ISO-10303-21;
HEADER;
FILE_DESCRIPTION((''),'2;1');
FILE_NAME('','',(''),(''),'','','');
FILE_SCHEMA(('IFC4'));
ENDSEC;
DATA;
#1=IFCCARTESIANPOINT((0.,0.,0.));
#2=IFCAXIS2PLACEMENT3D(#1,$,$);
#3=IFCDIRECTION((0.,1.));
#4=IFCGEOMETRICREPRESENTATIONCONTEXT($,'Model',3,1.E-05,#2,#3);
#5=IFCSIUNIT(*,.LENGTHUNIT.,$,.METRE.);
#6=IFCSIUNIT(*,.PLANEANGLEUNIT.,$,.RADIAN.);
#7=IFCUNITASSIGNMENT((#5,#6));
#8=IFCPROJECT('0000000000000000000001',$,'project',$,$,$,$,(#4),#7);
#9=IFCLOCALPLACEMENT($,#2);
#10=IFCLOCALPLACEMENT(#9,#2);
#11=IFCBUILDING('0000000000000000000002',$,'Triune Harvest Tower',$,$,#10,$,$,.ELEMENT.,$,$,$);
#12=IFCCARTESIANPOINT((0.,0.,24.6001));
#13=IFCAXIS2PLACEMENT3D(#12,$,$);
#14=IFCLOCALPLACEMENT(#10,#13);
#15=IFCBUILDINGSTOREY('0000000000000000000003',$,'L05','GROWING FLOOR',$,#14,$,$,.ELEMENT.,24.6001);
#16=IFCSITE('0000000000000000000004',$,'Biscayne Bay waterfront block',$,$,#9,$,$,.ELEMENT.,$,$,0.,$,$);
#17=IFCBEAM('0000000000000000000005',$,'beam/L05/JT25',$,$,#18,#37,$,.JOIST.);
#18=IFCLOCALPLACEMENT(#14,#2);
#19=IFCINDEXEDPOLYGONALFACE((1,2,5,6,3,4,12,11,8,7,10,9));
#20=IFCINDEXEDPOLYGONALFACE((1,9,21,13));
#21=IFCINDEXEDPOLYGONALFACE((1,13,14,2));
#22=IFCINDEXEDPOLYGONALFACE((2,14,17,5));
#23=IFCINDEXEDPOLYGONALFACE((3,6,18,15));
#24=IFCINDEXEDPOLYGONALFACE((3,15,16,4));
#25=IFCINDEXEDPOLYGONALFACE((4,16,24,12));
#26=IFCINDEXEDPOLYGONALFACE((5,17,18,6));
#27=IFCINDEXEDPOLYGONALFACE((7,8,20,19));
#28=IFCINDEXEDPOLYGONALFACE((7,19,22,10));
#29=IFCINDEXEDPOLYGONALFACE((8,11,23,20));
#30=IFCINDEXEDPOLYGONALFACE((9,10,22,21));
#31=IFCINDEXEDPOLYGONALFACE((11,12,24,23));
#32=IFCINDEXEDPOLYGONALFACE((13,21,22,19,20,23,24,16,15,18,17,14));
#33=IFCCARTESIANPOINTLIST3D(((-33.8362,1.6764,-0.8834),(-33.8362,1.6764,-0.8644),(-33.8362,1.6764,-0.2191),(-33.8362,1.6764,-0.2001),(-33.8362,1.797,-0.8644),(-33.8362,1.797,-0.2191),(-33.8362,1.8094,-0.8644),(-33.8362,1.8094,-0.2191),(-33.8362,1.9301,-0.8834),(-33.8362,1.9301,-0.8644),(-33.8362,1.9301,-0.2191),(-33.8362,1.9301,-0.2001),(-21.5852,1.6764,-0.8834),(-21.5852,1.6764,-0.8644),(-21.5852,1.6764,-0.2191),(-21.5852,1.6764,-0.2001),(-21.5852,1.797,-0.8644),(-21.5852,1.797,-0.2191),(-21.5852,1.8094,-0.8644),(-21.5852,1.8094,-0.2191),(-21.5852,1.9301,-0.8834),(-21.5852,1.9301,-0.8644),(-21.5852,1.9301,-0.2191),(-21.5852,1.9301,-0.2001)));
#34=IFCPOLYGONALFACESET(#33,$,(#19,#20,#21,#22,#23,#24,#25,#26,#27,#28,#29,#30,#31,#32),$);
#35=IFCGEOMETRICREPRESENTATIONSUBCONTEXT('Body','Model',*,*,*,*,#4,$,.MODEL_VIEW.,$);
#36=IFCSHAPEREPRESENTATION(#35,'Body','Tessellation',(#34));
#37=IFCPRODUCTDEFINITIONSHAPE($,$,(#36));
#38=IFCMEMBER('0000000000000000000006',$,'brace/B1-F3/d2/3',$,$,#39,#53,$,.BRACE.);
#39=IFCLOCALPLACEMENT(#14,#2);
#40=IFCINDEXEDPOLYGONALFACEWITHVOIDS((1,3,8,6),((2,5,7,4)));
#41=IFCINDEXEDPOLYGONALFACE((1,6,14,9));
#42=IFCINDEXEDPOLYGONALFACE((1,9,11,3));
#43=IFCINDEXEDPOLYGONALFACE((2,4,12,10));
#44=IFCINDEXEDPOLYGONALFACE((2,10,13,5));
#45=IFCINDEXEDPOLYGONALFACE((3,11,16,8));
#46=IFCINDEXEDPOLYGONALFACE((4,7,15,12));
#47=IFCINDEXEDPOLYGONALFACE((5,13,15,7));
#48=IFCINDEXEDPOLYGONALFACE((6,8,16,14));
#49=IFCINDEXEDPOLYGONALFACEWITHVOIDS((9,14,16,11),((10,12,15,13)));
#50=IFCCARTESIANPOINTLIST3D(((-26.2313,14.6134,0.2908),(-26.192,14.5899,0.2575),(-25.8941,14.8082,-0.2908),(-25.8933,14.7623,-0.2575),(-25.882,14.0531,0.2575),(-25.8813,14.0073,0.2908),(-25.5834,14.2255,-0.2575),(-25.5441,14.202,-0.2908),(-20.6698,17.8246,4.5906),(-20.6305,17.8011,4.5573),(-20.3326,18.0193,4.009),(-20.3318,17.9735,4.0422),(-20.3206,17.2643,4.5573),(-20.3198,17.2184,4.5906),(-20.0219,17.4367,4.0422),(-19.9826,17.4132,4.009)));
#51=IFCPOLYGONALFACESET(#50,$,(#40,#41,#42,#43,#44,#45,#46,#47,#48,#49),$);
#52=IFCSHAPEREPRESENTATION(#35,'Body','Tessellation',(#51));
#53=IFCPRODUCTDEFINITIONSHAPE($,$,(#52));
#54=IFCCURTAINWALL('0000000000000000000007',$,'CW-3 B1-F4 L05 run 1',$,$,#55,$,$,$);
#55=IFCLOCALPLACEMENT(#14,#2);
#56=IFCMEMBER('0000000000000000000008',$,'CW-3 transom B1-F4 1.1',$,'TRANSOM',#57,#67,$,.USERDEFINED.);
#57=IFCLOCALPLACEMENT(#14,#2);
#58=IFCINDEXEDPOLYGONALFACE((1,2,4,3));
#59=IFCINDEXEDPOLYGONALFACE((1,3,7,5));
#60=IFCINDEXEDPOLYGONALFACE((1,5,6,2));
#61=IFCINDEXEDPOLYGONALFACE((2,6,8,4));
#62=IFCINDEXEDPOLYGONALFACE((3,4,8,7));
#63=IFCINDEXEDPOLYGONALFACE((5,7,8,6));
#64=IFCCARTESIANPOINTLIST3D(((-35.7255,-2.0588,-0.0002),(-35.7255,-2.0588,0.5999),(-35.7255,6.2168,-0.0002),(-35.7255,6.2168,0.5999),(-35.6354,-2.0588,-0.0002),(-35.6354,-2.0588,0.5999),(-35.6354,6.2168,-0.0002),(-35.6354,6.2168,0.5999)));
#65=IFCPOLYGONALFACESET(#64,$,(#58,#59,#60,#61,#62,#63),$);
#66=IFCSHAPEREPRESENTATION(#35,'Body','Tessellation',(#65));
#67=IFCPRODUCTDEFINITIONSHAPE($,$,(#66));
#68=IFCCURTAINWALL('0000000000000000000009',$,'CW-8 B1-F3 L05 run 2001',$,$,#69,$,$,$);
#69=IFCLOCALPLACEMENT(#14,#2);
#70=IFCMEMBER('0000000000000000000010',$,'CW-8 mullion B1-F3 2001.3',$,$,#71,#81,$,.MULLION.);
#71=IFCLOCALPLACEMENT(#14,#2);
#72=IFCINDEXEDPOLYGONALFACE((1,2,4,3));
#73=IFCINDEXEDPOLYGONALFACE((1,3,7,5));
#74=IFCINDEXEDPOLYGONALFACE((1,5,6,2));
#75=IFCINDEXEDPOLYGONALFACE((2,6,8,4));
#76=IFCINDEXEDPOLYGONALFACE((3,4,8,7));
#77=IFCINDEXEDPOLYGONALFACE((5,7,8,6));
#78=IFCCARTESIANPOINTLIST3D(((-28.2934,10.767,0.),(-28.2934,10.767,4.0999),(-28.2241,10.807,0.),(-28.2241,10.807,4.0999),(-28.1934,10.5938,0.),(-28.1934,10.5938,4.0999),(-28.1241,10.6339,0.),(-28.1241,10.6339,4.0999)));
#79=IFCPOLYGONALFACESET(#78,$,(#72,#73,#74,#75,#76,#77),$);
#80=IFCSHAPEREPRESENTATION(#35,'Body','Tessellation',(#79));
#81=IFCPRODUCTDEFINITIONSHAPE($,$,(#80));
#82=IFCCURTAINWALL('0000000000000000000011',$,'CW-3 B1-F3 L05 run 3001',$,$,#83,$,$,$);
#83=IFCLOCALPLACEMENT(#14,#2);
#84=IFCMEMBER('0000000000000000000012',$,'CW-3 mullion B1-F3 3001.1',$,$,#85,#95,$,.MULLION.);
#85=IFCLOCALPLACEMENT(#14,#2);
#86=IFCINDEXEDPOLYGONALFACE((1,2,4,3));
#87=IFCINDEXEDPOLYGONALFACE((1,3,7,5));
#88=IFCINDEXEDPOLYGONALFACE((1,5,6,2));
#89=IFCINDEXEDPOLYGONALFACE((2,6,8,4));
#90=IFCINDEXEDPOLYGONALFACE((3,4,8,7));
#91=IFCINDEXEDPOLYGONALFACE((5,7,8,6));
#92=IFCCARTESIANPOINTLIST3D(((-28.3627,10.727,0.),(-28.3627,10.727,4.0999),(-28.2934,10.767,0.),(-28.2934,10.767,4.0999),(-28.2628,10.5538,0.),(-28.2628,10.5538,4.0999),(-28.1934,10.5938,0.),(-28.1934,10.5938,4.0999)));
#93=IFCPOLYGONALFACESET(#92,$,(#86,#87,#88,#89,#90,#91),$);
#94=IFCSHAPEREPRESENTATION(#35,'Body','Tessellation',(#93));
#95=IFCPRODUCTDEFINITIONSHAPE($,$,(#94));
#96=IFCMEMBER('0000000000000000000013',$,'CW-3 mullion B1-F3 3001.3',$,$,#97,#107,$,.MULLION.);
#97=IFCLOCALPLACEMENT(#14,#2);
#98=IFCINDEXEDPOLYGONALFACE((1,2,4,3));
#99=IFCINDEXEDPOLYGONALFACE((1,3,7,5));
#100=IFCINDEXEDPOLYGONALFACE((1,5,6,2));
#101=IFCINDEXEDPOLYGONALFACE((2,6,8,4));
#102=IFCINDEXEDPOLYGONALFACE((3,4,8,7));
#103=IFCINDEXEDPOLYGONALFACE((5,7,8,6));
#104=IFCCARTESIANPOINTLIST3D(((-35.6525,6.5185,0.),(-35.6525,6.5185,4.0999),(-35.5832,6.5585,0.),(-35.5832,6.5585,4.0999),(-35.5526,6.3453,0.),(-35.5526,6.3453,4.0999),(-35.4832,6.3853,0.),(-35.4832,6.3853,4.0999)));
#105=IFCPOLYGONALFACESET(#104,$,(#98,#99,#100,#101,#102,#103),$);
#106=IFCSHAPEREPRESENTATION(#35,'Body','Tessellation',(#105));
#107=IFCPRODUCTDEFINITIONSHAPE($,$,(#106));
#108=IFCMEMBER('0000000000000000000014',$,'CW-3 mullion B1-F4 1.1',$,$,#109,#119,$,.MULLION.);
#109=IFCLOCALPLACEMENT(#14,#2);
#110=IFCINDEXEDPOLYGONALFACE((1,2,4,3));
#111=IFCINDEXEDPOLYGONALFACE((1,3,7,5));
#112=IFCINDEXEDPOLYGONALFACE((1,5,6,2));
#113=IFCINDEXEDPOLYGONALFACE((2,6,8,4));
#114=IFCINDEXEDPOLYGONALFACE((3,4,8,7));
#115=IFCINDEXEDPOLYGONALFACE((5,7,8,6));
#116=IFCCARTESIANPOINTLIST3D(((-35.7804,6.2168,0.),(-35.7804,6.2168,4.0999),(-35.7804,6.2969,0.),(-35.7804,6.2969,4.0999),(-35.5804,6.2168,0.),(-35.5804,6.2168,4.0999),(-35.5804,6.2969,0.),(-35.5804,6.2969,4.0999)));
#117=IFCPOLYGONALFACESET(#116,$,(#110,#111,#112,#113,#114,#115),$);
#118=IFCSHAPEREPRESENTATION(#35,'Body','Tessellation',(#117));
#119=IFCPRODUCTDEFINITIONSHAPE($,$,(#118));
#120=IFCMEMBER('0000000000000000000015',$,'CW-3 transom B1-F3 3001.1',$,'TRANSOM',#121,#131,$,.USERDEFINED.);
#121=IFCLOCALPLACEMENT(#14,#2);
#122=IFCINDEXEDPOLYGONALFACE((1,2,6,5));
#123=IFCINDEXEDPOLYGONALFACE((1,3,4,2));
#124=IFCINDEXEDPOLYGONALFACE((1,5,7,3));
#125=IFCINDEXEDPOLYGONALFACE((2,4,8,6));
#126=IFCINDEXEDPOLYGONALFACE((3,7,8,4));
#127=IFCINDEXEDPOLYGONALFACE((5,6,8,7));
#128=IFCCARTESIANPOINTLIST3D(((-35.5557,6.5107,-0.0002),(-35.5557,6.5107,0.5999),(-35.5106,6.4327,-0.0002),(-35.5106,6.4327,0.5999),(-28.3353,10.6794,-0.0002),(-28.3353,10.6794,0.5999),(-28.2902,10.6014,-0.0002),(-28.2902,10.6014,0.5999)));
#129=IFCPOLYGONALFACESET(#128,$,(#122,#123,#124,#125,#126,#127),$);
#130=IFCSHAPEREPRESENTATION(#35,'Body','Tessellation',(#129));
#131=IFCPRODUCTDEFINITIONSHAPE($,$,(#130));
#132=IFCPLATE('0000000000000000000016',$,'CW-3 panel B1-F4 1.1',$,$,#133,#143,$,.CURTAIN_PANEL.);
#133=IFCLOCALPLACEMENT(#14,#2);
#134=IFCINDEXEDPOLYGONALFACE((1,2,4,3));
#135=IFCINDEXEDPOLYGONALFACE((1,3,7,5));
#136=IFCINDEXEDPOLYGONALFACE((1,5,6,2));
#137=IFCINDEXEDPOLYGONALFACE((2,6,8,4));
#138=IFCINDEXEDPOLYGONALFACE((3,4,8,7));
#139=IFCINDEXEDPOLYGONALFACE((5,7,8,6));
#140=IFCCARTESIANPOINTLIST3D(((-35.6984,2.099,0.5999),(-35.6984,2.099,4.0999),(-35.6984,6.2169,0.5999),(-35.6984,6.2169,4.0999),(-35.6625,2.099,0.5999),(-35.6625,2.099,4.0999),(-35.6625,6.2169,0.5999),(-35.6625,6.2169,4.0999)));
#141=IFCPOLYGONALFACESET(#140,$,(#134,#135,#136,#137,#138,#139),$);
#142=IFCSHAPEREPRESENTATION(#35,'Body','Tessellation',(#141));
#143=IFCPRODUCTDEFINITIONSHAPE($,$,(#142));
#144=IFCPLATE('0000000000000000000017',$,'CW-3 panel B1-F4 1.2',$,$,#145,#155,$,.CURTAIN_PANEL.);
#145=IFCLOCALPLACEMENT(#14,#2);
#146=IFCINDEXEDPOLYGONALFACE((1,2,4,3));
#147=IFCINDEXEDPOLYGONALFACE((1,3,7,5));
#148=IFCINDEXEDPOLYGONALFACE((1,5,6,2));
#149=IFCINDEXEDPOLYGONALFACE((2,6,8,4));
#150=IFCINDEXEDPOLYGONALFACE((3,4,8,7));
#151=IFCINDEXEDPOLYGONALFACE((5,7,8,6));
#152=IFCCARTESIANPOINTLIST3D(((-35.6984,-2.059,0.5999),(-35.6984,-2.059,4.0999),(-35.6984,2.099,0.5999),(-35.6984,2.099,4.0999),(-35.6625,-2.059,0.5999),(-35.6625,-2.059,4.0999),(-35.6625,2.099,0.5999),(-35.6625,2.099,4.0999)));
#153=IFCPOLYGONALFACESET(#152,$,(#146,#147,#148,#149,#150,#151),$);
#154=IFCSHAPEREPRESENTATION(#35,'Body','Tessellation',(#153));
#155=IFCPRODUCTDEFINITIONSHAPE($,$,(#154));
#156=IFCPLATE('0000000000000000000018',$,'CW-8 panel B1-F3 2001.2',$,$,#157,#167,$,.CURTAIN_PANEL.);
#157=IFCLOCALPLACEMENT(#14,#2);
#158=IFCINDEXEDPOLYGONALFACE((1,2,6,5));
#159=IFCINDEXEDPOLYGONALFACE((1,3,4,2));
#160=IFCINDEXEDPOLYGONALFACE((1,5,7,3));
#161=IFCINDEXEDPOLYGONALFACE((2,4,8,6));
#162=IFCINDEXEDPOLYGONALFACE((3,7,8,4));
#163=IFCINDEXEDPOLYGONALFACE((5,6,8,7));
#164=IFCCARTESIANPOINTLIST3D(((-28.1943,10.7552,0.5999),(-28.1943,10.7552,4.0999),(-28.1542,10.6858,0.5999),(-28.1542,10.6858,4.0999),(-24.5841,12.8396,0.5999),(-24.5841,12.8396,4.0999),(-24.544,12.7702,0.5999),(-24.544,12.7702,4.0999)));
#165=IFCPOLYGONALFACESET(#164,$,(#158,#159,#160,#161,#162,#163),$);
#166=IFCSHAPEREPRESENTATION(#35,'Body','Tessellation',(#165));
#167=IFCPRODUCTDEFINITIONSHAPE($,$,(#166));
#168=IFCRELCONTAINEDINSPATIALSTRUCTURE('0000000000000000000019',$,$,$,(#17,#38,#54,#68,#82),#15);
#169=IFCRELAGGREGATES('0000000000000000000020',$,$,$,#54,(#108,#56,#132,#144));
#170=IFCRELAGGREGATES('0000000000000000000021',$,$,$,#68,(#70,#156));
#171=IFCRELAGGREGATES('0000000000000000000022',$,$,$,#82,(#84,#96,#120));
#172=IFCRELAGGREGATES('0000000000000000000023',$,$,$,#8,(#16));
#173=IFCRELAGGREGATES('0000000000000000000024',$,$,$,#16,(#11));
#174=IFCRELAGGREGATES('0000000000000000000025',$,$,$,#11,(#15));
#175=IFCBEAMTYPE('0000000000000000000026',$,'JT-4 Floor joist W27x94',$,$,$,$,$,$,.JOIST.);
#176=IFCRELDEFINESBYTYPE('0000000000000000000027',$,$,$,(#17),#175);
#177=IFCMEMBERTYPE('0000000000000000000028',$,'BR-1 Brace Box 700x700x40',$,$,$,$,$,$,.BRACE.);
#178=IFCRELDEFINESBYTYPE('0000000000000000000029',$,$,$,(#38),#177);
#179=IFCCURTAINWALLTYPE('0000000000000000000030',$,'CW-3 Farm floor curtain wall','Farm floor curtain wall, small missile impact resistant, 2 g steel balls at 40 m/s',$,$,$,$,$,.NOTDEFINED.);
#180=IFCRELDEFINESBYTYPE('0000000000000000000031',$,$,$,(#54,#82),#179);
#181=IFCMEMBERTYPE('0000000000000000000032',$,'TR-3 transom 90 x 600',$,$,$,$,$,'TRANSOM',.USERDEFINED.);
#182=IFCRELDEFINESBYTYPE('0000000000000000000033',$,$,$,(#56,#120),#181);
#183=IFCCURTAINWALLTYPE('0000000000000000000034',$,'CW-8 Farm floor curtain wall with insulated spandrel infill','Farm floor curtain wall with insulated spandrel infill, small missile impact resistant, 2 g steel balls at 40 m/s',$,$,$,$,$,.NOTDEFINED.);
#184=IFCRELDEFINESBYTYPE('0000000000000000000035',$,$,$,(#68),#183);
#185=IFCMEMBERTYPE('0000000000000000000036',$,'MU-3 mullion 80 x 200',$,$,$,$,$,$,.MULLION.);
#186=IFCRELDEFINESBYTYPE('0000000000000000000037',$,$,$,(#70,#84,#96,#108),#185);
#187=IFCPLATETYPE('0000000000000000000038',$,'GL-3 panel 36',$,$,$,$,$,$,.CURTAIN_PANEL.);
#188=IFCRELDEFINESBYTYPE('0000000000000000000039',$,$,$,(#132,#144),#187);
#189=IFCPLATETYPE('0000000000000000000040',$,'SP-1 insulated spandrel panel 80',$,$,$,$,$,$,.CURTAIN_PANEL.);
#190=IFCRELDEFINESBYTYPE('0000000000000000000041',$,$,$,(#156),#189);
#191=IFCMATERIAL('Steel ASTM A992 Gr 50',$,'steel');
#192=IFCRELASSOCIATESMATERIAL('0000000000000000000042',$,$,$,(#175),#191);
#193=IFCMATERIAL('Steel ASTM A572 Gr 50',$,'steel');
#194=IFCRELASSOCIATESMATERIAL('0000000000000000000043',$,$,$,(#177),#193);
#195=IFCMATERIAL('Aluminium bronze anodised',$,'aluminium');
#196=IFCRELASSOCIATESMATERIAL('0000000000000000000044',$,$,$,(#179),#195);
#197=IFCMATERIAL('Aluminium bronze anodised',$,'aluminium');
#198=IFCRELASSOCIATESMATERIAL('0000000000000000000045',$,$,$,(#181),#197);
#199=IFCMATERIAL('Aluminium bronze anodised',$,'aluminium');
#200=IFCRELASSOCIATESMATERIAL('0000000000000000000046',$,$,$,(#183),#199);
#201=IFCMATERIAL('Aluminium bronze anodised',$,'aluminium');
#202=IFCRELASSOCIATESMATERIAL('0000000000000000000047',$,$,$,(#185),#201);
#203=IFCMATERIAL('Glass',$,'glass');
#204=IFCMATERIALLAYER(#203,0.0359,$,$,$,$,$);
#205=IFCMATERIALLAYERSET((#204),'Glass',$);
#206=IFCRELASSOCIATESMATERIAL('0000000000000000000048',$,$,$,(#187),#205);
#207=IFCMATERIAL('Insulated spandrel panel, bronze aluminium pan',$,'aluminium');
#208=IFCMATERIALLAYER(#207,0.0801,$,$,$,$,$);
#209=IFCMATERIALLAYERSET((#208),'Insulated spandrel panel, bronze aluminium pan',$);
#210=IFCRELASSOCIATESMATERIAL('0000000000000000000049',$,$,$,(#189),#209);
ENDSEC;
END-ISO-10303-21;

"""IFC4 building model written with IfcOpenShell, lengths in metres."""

from ifc_helpers import new_model, si_unit, direction, frame, origin, origin_2d, place, context, subcontext, project, spatial, rectangle, hollow_rectangle, i_section, extrude, source, transform, mapped, material, layer, layer_set, material_profile, profile_set, type_object, element, aggregate, save


model = new_model("IFC4")

# Units and contexts
model_context = context("Model", 3, precision=1e-05, world=origin(), true_north=direction((0.0, 1.0)))
body_context = subcontext(model_context, "Body", "Model", "MODEL_VIEW")
ifc_project = project(units=[si_unit("LENGTHUNIT", "METRE"), si_unit("PLANEANGLEUNIT", "RADIAN")], contexts=[model_context])

# Site, building, storey
site_placement = place(None, origin())
site = spatial("IfcSite", under=ifc_project, at=site_placement, Name="Biscayne Bay waterfront block", CompositionType="ELEMENT", RefElevation=0.0)
building_placement = place(site_placement, origin())
building = spatial("IfcBuilding", under=site, at=building_placement, Name="Triune Harvest Tower", CompositionType="ELEMENT")
storey_placement = place(building_placement, frame((0.0, 0.0, 24.6001)))
storey = spatial("IfcBuildingStorey", under=building, at=storey_placement, Name="L05", Description="GROWING FLOOR", CompositionType="ELEMENT", Elevation=24.6001)

# Beam
ifc_material_1 = material(Name="Steel ASTM A992 Gr 50", Category="steel")
ifc_material_profile_1 = material_profile(ifc_material_1, i_section(OverallWidth=0.2537, OverallDepth=0.6833, WebThickness=0.0125, FlangeThickness=0.019, at=origin_2d()), Name="W27x94")
ifc_profile_set_1 = profile_set([ifc_material_profile_1], Name="Steel ASTM A992 Gr 50")
beam_type_1 = type_object("IfcBeamType", Name="JT-4 Floor joist W27x94", PredefinedType="JOIST", material=ifc_profile_set_1)
shared_shape_1 = source(origin(), body_context, "Body", "SweptSolid", [
    extrude(i_section(OverallWidth=0.2537, OverallDepth=0.6833, WebThickness=0.0125, FlangeThickness=0.019, at=origin_2d()), origin(), (0.0, 0.0, 1.0), 12.251),
])
beam_1_placement = place(storey_placement, frame((-33.8362, 1.8032, -0.5417), z_axis=(1.0, 0.0, 0.0), x_axis=(0.0, 1.0, 0.0)))
element("IfcBeam", 1, at=beam_1_placement, inside=storey, type_object=beam_type_1, Name="beam/L05/JT25", PredefinedType="JOIST", context=body_context, shape_type="MappedRepresentation", body=[
    mapped(shared_shape_1, transform((0.0, 0.0, 0.0), scale=1.0)),
])

# Member
ifc_material_2 = material(Name="Steel ASTM A572 Gr 50", Category="steel")
ifc_material_profile_2 = material_profile(ifc_material_2, hollow_rectangle(XDim=0.7, YDim=0.7, WallThickness=0.04, at=origin_2d()), Name="Box 700x700x40")
ifc_profile_set_2 = profile_set([ifc_material_profile_2], Name="Steel ASTM A572 Gr 50")
member_type_1 = type_object("IfcMemberType", Name="BR-1 Brace Box 700x700x40", PredefinedType="BRACE", material=ifc_profile_set_2)
shared_shape_2 = source(origin(), body_context, "Body", "SweptSolid", [
    extrude(hollow_rectangle(XDim=0.7, YDim=0.7, WallThickness=0.04, at=origin_2d()), origin(), (0.0, 0.0, 1.0), 7.7285),
])
member_1_placement = place(storey_placement, frame((-25.8877, 14.4077, 0.0), z_axis=(0.719607, 0.415496, 0.556353), x_axis=(-0.500027, 0.86601, 0.0)))
element("IfcMember", 2, at=member_1_placement, inside=storey, type_object=member_type_1, Name="brace/B1-F3/d2/3", PredefinedType="BRACE", context=body_context, shape_type="MappedRepresentation", body=[
    mapped(shared_shape_2, transform((0.0, 0.0, 0.0), scale=1.0)),
])

# Curtain walls, members
ifc_material_3 = material(Name="Aluminium bronze anodised", Category="aluminium")
curtain_wall_type_1 = type_object("IfcCurtainWallType", Name="CW-3 Farm floor curtain wall", Description="Farm floor curtain wall, small missile impact resistant, 2 g steel balls at 40 m/s", PredefinedType="NOTDEFINED", material=ifc_material_3)
curtain_wall_1_placement = place(storey_placement, origin())
curtain_wall_1 = element("IfcCurtainWall", 3, at=curtain_wall_1_placement, inside=storey, type_object=curtain_wall_type_1, Name="CW-3 B1-F4 L05 run 1")
ifc_material_4 = material(Name="Aluminium bronze anodised", Category="aluminium")
ifc_material_profile_3 = material_profile(ifc_material_4, rectangle(XDim=0.0901, YDim=0.6001, at=origin_2d()), Name="TR-3 transom 90 x 600")
ifc_profile_set_3 = profile_set([ifc_material_profile_3], Name="Aluminium bronze anodised")
member_type_2 = type_object("IfcMemberType", Name="TR-3 transom 90 x 600", ElementType="TRANSOM", PredefinedType="USERDEFINED", material=ifc_profile_set_3)
shared_shape_3 = source(origin(), body_context, "Body", "SweptSolid", [
    extrude(rectangle(XDim=0.0901, YDim=0.6001, at=origin_2d()), origin(), (0.0, 0.0, 1.0), 8.2756),
])
member_2_placement = place(storey_placement, frame((-35.6804, 6.2168, 0.2998), z_axis=(0.0, -1.0, 0.0), x_axis=(1.0, 0.0, 0.0)))
member_2 = element("IfcMember", 4, at=member_2_placement, type_object=member_type_2, Name="CW-3 transom B1-F4 1.1", ObjectType="TRANSOM", PredefinedType="USERDEFINED", context=body_context, shape_type="MappedRepresentation", body=[
    mapped(shared_shape_3, transform((0.0, 0.0, 0.0), scale=1.0)),
])
ifc_material_5 = material(Name="Aluminium bronze anodised", Category="aluminium")
curtain_wall_type_2 = type_object("IfcCurtainWallType", Name="CW-8 Farm floor curtain wall with insulated spandrel infill", Description="Farm floor curtain wall with insulated spandrel infill, small missile impact resistant, 2 g steel balls at 40 m/s", PredefinedType="NOTDEFINED", material=ifc_material_5)
curtain_wall_2_placement = place(storey_placement, origin())
curtain_wall_2 = element("IfcCurtainWall", 5, at=curtain_wall_2_placement, inside=storey, type_object=curtain_wall_type_2, Name="CW-8 B1-F3 L05 run 2001")
ifc_material_6 = material(Name="Aluminium bronze anodised", Category="aluminium")
ifc_material_profile_4 = material_profile(ifc_material_6, rectangle(XDim=0.2, YDim=0.0801, at=origin_2d()), Name="MU-3 mullion 80 x 200")
ifc_profile_set_4 = profile_set([ifc_material_profile_4], Name="Aluminium bronze anodised")
member_type_3 = type_object("IfcMemberType", Name="MU-3 mullion 80 x 200", PredefinedType="MULLION", material=ifc_profile_set_4)
shared_shape_4 = source(origin(), body_context, "Body", "SweptSolid", [
    extrude(rectangle(XDim=0.2, YDim=0.0801, at=origin_2d()), origin(), (0.0, 0.0, 1.0), 4.0999),
])
member_3_placement = place(storey_placement, frame((-28.2087, 10.7004, 0.0), z_axis=(0.0, 0.0, 1.0), x_axis=(0.500007, -0.866021, 0.0)))
member_3 = element("IfcMember", 6, at=member_3_placement, type_object=member_type_3, Name="CW-8 mullion B1-F3 2001.3", PredefinedType="MULLION", context=body_context, shape_type="MappedRepresentation", body=[
    mapped(shared_shape_4, transform((0.0, 0.0, 0.0), scale=1.0)),
])

# Curtain wall, members
curtain_wall_3_placement = place(storey_placement, origin())
curtain_wall_3 = element("IfcCurtainWall", 7, at=curtain_wall_3_placement, inside=storey, type_object=curtain_wall_type_1, Name="CW-3 B1-F3 L05 run 3001")
member_4_placement = place(storey_placement, frame((-28.2781, 10.6604, 0.0), z_axis=(0.0, 0.0, 1.0), x_axis=(0.499995, -0.866028, 0.0)))
member_4 = element("IfcMember", 8, at=member_4_placement, type_object=member_type_3, Name="CW-3 mullion B1-F3 3001.1", PredefinedType="MULLION", context=body_context, shape_type="MappedRepresentation", body=[
    mapped(shared_shape_4, transform((0.0, 0.0, 0.0), scale=1.0)),
])
member_5_placement = place(storey_placement, frame((-35.5679, 6.4519, 0.0), z_axis=(0.0, 0.0, 1.0), x_axis=(0.499995, -0.866028, 0.0)))
member_5 = element("IfcMember", 9, at=member_5_placement, type_object=member_type_3, Name="CW-3 mullion B1-F3 3001.3", PredefinedType="MULLION", context=body_context, shape_type="MappedRepresentation", body=[
    mapped(shared_shape_4, transform((0.0, 0.0, 0.0), scale=1.0)),
])

# Members
member_6_placement = place(storey_placement, frame((-35.6804, 6.2568, 0.0), z_axis=(0.0, 0.0, 1.0), x_axis=(1.0, 0.0, 0.0)))
member_6 = element("IfcMember", 10, at=member_6_placement, type_object=member_type_3, Name="CW-3 mullion B1-F4 1.1", PredefinedType="MULLION", context=body_context, shape_type="MappedRepresentation", body=[
    mapped(shared_shape_4, transform((0.0, 0.0, 0.0), scale=1.0)),
])
shared_shape_5 = source(origin(), body_context, "Body", "SweptSolid", [
    extrude(rectangle(XDim=0.0901, YDim=0.6001, at=origin_2d()), origin(), (0.0, 0.0, 1.0), 8.3374),
])
member_7_placement = place(storey_placement, frame((-28.3127, 10.6404, 0.2998), z_axis=(-0.866027, -0.499997, 0.0), x_axis=(0.499997, -0.866027, 0.0)))
member_7 = element("IfcMember", 11, at=member_7_placement, type_object=member_type_2, Name="CW-3 transom B1-F3 3001.1", ObjectType="TRANSOM", PredefinedType="USERDEFINED", context=body_context, shape_type="MappedRepresentation", body=[
    mapped(shared_shape_5, transform((0.0, 0.0, 0.0), scale=1.0)),
])

# Plates
ifc_material_7 = material(Name="Glass", Category="glass")
ifc_layer_1 = layer(ifc_material_7, 0.0359)
ifc_layer_set_1 = layer_set([ifc_layer_1], Name="Glass")
plate_type_1 = type_object("IfcPlateType", Name="GL-3 panel 36", PredefinedType="CURTAIN_PANEL", material=ifc_layer_set_1)
shared_shape_6 = source(origin(), body_context, "Body", "SweptSolid", [
    extrude(rectangle(XDim=4.1179, YDim=0.0359, at=origin_2d()), origin(), (0.0, 0.0, 1.0), 3.5),
])
plate_1_placement = place(storey_placement, frame((-35.6804, 4.158, 0.5999), z_axis=(0.0, 0.0, 1.0), x_axis=(0.0, -1.0, 0.0)))
plate_1 = element("IfcPlate", 12, at=plate_1_placement, type_object=plate_type_1, Name="CW-3 panel B1-F4 1.1", PredefinedType="CURTAIN_PANEL", context=body_context, shape_type="MappedRepresentation", body=[
    mapped(shared_shape_6, transform((0.0, 0.0, 0.0), scale=1.0)),
])
shared_shape_7 = source(origin(), body_context, "Body", "SweptSolid", [
    extrude(rectangle(XDim=4.158, YDim=0.0359, at=origin_2d()), origin(), (0.0, 0.0, 1.0), 3.5),
])
plate_2_placement = place(storey_placement, frame((-35.6804, 0.02, 0.5999), z_axis=(0.0, 0.0, 1.0), x_axis=(0.0, -1.0, 0.0)))
plate_2 = element("IfcPlate", 13, at=plate_2_placement, type_object=plate_type_1, Name="CW-3 panel B1-F4 1.2", PredefinedType="CURTAIN_PANEL", context=body_context, shape_type="MappedRepresentation", body=[
    mapped(shared_shape_7, transform((0.0, 0.0, 0.0), scale=1.0)),
])
aggregate(curtain_wall_1, [member_6, member_2, plate_1, plate_2])
ifc_material_8 = material(Name="Insulated spandrel panel, bronze aluminium pan", Category="aluminium")
ifc_layer_2 = layer(ifc_material_8, 0.0801)
ifc_layer_set_2 = layer_set([ifc_layer_2], Name="Insulated spandrel panel, bronze aluminium pan")
plate_type_2 = type_object("IfcPlateType", Name="SP-1 insulated spandrel panel 80", PredefinedType="CURTAIN_PANEL", material=ifc_layer_set_2)
shared_shape_8 = source(origin(), body_context, "Body", "SweptSolid", [
    extrude(rectangle(XDim=4.1687, YDim=0.0801, at=origin_2d()), origin(), (0.0, 0.0, 1.0), 3.5),
])
plate_3_placement = place(storey_placement, frame((-26.3691, 11.7627, 0.5999), z_axis=(0.0, 0.0, 1.0), x_axis=(-0.866021, -0.500007, 0.0)))
plate_3 = element("IfcPlate", 14, at=plate_3_placement, type_object=plate_type_2, Name="CW-8 panel B1-F3 2001.2", PredefinedType="CURTAIN_PANEL", context=body_context, shape_type="MappedRepresentation", body=[
    mapped(shared_shape_8, transform((0.0, 0.0, 0.0), scale=1.0)),
])
aggregate(curtain_wall_2, [member_3, plate_3])
aggregate(curtain_wall_3, [member_4, member_5, member_7])

save(model, "model.ifc")
